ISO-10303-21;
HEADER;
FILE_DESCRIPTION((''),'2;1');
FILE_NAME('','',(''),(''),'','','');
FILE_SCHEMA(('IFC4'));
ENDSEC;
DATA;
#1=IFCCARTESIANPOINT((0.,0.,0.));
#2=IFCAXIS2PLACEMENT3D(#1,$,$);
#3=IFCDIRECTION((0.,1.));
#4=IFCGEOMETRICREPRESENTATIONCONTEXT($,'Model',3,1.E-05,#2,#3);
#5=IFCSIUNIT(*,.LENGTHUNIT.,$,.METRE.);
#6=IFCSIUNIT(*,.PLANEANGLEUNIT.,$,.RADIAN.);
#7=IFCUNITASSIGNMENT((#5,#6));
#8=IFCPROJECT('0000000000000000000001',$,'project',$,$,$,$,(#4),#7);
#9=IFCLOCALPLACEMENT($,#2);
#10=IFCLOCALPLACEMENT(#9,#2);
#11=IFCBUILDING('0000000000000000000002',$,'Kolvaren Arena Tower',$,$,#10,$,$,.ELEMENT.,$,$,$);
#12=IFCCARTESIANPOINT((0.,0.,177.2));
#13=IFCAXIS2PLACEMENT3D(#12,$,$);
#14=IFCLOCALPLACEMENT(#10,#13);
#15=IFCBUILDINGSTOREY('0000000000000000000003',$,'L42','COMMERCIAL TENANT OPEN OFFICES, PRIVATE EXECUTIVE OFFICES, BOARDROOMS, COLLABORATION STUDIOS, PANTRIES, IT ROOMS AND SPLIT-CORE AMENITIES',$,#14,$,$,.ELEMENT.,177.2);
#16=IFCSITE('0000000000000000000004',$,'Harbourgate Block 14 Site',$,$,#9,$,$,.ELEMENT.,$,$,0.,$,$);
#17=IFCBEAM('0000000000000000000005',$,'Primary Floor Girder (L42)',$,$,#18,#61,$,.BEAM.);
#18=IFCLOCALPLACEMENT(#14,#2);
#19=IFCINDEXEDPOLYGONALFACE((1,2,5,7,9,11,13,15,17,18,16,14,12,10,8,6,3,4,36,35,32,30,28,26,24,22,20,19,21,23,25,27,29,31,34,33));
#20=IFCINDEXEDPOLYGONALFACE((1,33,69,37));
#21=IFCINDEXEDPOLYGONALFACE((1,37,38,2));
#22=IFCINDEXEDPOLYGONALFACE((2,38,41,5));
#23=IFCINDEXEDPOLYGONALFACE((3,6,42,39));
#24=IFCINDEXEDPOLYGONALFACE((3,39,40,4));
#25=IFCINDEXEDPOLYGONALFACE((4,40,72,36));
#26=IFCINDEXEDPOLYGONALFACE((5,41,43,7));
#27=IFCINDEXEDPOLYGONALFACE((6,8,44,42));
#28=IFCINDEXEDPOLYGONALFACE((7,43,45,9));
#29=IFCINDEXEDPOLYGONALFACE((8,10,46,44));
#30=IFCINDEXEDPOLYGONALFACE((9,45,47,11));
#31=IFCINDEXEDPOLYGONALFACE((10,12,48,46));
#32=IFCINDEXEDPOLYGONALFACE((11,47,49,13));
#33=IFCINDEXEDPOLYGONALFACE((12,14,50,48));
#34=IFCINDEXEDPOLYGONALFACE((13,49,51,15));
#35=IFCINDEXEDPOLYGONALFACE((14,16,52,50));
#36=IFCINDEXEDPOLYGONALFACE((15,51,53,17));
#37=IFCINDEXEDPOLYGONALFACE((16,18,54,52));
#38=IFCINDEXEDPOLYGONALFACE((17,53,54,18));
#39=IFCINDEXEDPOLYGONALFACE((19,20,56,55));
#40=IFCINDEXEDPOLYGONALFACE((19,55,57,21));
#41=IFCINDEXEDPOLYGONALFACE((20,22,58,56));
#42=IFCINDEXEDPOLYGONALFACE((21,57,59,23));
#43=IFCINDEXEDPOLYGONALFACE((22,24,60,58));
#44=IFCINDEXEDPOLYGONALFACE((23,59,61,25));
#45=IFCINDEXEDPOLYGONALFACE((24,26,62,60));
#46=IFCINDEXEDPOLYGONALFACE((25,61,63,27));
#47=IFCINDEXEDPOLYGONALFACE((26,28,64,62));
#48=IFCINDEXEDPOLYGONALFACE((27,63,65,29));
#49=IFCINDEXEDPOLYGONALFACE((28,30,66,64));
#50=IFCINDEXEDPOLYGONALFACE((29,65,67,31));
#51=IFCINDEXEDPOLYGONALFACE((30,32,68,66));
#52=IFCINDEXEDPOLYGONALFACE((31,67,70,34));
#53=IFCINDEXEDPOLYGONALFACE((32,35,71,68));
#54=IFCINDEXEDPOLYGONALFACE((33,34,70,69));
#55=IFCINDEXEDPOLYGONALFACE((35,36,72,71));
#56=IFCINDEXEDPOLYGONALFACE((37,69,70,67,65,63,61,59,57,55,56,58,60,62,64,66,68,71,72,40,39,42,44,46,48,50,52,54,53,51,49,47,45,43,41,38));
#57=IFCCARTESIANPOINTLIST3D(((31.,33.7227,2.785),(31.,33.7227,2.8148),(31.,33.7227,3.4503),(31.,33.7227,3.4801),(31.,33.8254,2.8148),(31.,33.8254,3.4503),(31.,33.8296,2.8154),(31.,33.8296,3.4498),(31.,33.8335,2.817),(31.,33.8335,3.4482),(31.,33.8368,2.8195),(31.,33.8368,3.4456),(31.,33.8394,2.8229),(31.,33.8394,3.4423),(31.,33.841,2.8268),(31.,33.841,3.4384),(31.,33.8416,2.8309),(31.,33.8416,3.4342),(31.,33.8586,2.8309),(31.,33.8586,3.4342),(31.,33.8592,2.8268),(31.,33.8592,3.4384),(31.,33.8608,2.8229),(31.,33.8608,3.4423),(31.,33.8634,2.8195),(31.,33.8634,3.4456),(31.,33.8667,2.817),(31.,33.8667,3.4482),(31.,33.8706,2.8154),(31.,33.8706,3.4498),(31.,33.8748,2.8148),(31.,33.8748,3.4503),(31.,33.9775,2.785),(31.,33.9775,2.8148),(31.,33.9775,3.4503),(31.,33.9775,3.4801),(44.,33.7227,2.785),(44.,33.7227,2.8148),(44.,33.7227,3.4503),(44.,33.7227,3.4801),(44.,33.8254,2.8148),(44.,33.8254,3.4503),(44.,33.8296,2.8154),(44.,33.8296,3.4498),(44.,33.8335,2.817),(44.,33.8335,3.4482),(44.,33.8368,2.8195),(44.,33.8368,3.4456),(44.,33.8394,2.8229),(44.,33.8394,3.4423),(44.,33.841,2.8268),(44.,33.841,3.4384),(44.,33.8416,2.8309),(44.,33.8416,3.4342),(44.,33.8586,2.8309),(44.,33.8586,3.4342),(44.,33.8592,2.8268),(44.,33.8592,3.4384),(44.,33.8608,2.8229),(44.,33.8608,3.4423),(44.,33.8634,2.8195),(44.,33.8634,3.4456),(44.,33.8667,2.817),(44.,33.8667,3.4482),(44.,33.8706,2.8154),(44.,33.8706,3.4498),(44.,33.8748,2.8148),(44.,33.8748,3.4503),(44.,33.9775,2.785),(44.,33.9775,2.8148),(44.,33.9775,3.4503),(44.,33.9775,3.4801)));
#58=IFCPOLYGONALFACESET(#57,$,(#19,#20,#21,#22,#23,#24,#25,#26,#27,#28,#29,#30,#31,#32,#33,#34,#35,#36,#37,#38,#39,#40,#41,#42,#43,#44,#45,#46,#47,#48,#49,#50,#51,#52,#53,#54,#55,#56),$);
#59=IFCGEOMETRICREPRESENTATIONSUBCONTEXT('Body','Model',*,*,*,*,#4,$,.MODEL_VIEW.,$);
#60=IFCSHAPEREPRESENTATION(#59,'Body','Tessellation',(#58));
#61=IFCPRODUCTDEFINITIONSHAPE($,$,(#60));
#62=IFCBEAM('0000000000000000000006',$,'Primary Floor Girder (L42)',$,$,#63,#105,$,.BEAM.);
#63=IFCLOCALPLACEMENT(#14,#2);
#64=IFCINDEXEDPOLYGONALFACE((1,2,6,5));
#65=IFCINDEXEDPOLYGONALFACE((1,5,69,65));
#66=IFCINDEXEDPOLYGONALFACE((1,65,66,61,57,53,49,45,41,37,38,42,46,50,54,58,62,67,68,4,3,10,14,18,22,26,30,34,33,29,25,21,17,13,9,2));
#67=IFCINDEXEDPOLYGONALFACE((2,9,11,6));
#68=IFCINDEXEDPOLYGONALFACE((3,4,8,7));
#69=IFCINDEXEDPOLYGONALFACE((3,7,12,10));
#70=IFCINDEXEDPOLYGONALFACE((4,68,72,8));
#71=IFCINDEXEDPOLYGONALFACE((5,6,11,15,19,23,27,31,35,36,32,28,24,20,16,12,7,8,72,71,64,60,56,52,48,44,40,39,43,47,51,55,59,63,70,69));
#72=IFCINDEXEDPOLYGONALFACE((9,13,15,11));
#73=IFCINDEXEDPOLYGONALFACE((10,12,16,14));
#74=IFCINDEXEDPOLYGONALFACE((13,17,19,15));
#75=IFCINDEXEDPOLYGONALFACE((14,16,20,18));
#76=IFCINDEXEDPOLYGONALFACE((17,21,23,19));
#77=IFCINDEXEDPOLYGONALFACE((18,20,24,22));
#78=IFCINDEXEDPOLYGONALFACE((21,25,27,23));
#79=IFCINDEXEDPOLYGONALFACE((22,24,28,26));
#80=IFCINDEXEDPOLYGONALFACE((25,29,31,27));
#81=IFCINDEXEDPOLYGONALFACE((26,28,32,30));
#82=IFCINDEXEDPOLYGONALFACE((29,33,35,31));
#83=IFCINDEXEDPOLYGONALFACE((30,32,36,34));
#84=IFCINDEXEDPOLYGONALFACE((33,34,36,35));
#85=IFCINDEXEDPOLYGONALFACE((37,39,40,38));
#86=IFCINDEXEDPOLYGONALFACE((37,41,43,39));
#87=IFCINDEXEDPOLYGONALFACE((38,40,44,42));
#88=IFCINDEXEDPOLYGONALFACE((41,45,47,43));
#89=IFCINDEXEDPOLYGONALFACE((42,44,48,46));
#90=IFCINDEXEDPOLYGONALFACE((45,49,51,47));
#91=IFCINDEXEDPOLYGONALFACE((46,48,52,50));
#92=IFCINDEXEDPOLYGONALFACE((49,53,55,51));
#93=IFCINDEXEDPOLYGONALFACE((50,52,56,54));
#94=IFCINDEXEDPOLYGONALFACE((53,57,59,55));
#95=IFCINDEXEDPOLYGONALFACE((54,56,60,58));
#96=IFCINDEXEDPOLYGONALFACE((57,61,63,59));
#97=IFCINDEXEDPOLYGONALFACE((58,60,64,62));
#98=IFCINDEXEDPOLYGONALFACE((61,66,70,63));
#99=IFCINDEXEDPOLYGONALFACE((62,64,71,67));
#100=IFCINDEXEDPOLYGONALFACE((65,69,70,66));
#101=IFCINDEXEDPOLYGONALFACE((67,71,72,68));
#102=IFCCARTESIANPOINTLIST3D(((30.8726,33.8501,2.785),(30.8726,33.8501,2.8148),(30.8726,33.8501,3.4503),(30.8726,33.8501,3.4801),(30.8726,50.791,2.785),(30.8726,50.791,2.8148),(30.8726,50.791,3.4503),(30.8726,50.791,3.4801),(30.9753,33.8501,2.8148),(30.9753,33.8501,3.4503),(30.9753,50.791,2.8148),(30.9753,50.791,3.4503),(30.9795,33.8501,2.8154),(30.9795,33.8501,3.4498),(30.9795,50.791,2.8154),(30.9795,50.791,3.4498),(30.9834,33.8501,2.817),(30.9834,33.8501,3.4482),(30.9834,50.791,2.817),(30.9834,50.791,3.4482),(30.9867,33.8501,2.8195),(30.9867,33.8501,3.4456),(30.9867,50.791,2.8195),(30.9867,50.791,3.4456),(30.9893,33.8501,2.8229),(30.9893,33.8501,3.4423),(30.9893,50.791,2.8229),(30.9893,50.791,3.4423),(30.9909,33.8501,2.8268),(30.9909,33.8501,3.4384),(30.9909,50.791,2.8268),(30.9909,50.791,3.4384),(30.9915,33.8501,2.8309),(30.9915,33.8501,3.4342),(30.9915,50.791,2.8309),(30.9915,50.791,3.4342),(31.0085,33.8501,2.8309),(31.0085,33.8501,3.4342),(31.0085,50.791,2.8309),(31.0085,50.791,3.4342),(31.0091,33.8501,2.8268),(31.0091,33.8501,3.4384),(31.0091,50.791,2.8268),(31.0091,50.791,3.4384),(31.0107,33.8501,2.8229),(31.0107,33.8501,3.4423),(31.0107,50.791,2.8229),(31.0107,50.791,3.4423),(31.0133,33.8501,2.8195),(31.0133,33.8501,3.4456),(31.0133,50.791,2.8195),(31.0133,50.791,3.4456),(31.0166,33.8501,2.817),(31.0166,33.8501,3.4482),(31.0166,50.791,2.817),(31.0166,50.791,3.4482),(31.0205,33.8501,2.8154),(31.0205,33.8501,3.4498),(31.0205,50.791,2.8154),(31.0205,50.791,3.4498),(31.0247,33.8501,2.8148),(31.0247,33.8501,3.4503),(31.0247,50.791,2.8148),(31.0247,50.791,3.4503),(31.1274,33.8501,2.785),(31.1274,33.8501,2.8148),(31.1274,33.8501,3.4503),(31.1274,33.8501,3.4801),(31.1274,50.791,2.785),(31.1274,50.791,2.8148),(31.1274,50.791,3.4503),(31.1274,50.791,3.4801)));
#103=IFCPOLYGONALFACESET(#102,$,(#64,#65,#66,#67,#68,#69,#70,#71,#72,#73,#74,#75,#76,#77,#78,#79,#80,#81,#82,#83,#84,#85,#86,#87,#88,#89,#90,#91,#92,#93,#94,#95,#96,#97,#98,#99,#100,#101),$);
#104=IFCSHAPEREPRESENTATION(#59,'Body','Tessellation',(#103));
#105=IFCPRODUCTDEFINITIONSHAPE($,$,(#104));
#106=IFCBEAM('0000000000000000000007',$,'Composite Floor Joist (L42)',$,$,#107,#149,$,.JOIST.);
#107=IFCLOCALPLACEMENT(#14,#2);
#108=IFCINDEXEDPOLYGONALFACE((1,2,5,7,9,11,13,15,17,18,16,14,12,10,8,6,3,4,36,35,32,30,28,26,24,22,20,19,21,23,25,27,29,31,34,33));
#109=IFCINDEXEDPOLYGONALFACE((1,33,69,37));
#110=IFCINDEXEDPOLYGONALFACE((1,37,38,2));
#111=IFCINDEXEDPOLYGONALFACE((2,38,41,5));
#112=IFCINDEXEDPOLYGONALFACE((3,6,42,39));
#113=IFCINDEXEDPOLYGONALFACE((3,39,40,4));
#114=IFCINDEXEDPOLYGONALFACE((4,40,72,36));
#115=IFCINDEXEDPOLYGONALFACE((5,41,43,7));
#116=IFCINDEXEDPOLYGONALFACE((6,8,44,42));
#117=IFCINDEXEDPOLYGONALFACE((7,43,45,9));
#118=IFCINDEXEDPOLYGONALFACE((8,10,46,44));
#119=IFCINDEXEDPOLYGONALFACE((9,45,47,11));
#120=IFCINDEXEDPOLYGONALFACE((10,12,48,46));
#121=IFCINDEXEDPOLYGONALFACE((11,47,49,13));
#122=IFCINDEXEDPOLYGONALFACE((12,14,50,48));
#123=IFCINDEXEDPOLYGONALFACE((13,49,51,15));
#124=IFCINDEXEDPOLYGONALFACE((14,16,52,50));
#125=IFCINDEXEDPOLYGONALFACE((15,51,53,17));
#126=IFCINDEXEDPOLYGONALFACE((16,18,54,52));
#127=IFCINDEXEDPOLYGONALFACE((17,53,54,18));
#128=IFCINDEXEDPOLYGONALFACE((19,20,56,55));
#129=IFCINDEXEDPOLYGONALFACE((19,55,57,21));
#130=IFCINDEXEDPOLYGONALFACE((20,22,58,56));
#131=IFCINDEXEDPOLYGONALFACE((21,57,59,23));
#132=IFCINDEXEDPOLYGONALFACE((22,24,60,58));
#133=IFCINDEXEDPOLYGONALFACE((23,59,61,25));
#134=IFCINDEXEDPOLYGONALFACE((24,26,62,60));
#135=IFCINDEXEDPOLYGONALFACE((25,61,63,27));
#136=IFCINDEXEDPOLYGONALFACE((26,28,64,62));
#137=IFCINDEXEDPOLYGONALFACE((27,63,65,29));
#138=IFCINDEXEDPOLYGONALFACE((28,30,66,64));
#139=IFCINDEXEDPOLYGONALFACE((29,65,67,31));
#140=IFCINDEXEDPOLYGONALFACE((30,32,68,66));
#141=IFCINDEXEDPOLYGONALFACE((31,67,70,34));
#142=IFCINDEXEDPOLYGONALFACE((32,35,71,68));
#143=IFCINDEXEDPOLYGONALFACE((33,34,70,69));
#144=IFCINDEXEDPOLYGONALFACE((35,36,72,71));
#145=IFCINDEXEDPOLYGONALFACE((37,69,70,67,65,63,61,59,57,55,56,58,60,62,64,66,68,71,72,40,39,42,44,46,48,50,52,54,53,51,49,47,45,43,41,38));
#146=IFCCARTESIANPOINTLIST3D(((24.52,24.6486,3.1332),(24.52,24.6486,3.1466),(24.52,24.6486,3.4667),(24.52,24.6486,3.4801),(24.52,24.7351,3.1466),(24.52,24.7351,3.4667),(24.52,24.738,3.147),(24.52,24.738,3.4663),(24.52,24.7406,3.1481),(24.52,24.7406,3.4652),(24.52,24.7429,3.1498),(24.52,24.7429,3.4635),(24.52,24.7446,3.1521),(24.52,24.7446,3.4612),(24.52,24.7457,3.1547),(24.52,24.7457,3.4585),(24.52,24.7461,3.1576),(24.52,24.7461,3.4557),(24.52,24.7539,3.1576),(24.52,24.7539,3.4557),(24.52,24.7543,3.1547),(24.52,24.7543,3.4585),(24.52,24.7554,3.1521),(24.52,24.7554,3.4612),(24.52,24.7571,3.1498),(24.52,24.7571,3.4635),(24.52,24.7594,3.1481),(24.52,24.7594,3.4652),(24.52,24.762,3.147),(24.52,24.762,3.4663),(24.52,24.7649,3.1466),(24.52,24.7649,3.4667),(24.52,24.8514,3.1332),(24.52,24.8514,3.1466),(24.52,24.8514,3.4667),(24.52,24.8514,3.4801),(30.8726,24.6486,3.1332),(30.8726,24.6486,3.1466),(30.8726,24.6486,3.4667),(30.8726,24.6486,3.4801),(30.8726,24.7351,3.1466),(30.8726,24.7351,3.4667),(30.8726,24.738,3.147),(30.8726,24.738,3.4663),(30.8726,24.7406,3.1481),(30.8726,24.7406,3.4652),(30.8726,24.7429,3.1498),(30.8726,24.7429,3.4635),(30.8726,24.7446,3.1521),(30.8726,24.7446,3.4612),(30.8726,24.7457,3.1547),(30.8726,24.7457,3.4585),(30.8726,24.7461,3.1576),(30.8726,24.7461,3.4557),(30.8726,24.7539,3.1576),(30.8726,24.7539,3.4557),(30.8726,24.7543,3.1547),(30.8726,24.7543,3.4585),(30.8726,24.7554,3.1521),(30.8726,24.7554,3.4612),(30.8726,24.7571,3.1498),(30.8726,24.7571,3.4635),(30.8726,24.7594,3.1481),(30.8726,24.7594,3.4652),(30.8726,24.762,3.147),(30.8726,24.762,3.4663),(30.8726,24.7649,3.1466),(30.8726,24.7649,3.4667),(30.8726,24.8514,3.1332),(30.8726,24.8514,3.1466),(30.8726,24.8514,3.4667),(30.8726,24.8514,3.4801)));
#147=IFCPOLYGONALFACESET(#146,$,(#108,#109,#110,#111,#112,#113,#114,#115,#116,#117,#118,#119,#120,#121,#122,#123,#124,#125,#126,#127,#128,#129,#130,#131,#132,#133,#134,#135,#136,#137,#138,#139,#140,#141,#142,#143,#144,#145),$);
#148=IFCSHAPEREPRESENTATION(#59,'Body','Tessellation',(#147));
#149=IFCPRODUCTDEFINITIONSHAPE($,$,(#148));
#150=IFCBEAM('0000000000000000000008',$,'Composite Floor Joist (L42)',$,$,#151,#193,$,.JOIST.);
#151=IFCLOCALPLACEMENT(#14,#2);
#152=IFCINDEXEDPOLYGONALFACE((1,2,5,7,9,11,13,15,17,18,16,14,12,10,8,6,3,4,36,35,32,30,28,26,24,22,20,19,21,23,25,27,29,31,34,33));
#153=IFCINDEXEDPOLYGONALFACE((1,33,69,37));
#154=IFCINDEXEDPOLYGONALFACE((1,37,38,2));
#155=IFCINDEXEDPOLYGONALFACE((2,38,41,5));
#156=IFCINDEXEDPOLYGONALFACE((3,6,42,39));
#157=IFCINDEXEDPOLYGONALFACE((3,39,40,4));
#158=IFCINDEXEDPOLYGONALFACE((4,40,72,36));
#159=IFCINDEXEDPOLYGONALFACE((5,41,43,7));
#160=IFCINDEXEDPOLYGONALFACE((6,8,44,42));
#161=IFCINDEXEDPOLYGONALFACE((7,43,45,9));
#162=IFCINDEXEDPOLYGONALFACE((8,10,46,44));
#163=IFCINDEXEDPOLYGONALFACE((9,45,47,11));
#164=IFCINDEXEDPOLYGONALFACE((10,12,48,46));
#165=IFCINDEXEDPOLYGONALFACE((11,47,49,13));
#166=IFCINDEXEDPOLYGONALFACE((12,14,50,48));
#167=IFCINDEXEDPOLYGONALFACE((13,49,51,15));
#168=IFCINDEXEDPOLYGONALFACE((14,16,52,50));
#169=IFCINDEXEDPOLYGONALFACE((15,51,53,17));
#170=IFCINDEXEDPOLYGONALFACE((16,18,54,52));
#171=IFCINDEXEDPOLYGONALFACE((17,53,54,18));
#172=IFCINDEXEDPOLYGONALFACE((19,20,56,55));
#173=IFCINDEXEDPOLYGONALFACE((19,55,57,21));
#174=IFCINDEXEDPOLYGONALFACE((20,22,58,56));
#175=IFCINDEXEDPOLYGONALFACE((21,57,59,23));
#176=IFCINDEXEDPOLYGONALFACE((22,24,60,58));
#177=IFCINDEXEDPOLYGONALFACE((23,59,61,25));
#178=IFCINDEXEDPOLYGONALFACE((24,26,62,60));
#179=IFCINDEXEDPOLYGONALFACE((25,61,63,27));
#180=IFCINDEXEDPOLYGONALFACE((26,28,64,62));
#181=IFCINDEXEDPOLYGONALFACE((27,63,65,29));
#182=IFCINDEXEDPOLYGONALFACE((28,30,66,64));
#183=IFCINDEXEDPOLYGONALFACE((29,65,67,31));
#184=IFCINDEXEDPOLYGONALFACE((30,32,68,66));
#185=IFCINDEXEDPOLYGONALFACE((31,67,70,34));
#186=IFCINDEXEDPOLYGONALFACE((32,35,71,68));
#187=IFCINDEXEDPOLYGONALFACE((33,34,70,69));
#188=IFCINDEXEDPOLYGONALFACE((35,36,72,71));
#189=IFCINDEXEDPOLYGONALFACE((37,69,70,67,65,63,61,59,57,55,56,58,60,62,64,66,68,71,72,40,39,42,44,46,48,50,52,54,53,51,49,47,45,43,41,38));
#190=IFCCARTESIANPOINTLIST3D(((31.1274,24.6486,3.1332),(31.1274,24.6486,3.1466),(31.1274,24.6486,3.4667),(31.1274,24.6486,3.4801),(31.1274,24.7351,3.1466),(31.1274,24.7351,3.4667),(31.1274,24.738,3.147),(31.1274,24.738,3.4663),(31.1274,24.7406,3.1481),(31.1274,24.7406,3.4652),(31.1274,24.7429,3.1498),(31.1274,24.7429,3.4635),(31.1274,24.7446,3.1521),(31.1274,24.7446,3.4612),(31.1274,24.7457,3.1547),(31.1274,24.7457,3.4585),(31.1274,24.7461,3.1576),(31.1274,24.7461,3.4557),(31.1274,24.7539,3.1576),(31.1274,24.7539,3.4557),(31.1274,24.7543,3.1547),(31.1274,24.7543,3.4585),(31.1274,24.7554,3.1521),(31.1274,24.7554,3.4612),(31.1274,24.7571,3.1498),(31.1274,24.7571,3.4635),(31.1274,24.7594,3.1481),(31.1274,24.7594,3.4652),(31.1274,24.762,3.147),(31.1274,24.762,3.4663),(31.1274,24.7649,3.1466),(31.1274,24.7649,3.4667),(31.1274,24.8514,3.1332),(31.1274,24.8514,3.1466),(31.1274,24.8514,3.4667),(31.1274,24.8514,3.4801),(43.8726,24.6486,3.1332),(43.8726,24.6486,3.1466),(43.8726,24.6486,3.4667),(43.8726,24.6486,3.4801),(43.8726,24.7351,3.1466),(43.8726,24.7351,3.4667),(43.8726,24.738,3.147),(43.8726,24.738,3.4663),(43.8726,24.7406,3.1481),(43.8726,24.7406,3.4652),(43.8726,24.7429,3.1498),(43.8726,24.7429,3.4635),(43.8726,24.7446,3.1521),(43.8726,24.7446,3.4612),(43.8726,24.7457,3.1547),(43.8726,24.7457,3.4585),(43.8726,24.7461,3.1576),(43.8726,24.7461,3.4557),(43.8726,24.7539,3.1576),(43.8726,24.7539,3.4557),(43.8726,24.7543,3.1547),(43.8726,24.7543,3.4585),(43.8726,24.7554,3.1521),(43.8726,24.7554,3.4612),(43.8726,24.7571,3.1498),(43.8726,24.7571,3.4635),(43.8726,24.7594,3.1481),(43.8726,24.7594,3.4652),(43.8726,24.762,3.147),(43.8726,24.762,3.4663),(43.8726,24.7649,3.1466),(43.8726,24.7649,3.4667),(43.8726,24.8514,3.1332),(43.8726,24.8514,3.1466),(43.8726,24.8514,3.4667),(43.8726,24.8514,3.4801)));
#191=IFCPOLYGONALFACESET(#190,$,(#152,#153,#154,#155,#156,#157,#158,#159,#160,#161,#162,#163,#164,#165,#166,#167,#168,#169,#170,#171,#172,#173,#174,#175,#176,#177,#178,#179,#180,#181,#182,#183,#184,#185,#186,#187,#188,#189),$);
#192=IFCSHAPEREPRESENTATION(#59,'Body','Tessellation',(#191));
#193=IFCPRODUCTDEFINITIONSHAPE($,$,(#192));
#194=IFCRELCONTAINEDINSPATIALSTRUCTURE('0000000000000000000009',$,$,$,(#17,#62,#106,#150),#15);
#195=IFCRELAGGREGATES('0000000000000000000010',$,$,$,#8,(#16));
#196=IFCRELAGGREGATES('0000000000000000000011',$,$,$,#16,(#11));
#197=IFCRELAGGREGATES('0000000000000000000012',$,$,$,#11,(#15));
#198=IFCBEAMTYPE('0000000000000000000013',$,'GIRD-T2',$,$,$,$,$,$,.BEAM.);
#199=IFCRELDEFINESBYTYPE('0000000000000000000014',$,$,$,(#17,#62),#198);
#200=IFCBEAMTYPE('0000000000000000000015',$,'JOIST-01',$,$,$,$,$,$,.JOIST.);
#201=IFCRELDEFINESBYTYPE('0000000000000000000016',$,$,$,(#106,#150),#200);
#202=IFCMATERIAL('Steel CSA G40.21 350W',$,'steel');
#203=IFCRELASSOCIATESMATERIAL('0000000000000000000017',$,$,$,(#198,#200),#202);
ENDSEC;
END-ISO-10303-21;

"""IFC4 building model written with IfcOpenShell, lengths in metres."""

from ifc_helpers import new_model, si_unit, direction, frame, origin, origin_2d, place, context, subcontext, project, spatial, i_section, extrude, material, material_profile, profile_set, type_object, element, save


model = new_model("IFC4")

# Units and contexts
model_context = context("Model", 3, precision=1e-05, world=origin(), true_north=direction((0.0, 1.0)))
body_context = subcontext(model_context, "Body", "Model", "MODEL_VIEW")
ifc_project = project(units=[si_unit("LENGTHUNIT", "METRE"), si_unit("PLANEANGLEUNIT", "RADIAN")], contexts=[model_context])

# Site, building, storey
site_placement = place(None, origin())
site = spatial("IfcSite", under=ifc_project, at=site_placement, Name="Harbourgate Block 14 Site", CompositionType="ELEMENT", RefElevation=0.0)
building_placement = place(site_placement, origin())
building = spatial("IfcBuilding", under=site, at=building_placement, Name="Kolvaren Arena Tower", CompositionType="ELEMENT")
storey_placement = place(building_placement, frame((0.0, 0.0, 177.2)))
storey = spatial("IfcBuildingStorey", under=building, at=storey_placement, Name="L42", Description="COMMERCIAL TENANT OPEN OFFICES, PRIVATE EXECUTIVE OFFICES, BOARDROOMS, COLLABORATION STUDIOS, PANTRIES, IT ROOMS AND SPLIT-CORE AMENITIES", CompositionType="ELEMENT", Elevation=177.2)

# Beams
ifc_material_1 = material(Name="Steel CSA G40.21 350W", Category="steel")
ifc_material_profile_1 = material_profile(ifc_material_1, i_section(OverallWidth=0.2549, OverallDepth=0.6951, WebThickness=0.0171, FlangeThickness=0.0298, FilletRadius=0.0161, at=origin_2d()), Name="W690x217")
ifc_profile_set_1 = profile_set([ifc_material_profile_1], Name="Steel CSA G40.21 350W")
beam_type_1 = type_object("IfcBeamType", Name="GIRD-T2", PredefinedType="BEAM", material=ifc_profile_set_1)
beam_1_placement = place(storey_placement, frame((31.0, 33.8501, 3.1326), z_axis=(1.0, 0.0, 0.0), x_axis=(0.0, 1.0, 0.0)))
element("IfcBeam", 1, at=beam_1_placement, inside=storey, type_object=beam_type_1, Name="Primary Floor Girder (L42)", PredefinedType="BEAM", context=body_context, shape_type="SweptSolid", body=[
    extrude(i_section(OverallWidth=0.2549, OverallDepth=0.6951, WebThickness=0.0171, FlangeThickness=0.0298, FilletRadius=0.0161, at=origin_2d()), origin(), (0.0, 0.0, 1.0), 13.0),
])
beam_2_placement = place(storey_placement, frame((31.0, 33.8501, 3.1326), z_axis=(0.0, 1.0, 0.0), x_axis=(-1.0, 0.0, 0.0)))
element("IfcBeam", 2, at=beam_2_placement, inside=storey, type_object=beam_type_1, Name="Primary Floor Girder (L42)", PredefinedType="BEAM", context=body_context, shape_type="SweptSolid", body=[
    extrude(i_section(OverallWidth=0.2549, OverallDepth=0.6951, WebThickness=0.0171, FlangeThickness=0.0298, FilletRadius=0.0161, at=origin_2d()), origin(), (0.0, 0.0, 1.0), 16.9409),
])
ifc_material_profile_2 = material_profile(ifc_material_1, i_section(OverallWidth=0.2029, OverallDepth=0.3469, WebThickness=0.0078, FlangeThickness=0.0134, FilletRadius=0.011, at=origin_2d()), Name="W360x64")
ifc_profile_set_2 = profile_set([ifc_material_profile_2], Name="Steel CSA G40.21 350W")
beam_type_2 = type_object("IfcBeamType", Name="JOIST-01", PredefinedType="JOIST", material=ifc_profile_set_2)
beam_3_placement = place(storey_placement, frame((24.52, 24.75, 3.3066), z_axis=(1.0, 0.0, 0.0), x_axis=(0.0, 1.0, 0.0)))
element("IfcBeam", 3, at=beam_3_placement, inside=storey, type_object=beam_type_2, Name="Composite Floor Joist (L42)", PredefinedType="JOIST", context=body_context, shape_type="SweptSolid", body=[
    extrude(i_section(OverallWidth=0.2029, OverallDepth=0.3469, WebThickness=0.0078, FlangeThickness=0.0134, FilletRadius=0.011, at=origin_2d()), origin(), (0.0, 0.0, 1.0), 6.3525),
])
beam_4_placement = place(storey_placement, frame((31.1274, 24.75, 3.3066), z_axis=(1.0, 0.0, 0.0), x_axis=(0.0, 1.0, 0.0)))
element("IfcBeam", 4, at=beam_4_placement, inside=storey, type_object=beam_type_2, Name="Composite Floor Joist (L42)", PredefinedType="JOIST", context=body_context, shape_type="SweptSolid", body=[
    extrude(i_section(OverallWidth=0.2029, OverallDepth=0.3469, WebThickness=0.0078, FlangeThickness=0.0134, FilletRadius=0.011, at=origin_2d()), origin(), (0.0, 0.0, 1.0), 12.7451),
])

save(model, "model.ifc")
